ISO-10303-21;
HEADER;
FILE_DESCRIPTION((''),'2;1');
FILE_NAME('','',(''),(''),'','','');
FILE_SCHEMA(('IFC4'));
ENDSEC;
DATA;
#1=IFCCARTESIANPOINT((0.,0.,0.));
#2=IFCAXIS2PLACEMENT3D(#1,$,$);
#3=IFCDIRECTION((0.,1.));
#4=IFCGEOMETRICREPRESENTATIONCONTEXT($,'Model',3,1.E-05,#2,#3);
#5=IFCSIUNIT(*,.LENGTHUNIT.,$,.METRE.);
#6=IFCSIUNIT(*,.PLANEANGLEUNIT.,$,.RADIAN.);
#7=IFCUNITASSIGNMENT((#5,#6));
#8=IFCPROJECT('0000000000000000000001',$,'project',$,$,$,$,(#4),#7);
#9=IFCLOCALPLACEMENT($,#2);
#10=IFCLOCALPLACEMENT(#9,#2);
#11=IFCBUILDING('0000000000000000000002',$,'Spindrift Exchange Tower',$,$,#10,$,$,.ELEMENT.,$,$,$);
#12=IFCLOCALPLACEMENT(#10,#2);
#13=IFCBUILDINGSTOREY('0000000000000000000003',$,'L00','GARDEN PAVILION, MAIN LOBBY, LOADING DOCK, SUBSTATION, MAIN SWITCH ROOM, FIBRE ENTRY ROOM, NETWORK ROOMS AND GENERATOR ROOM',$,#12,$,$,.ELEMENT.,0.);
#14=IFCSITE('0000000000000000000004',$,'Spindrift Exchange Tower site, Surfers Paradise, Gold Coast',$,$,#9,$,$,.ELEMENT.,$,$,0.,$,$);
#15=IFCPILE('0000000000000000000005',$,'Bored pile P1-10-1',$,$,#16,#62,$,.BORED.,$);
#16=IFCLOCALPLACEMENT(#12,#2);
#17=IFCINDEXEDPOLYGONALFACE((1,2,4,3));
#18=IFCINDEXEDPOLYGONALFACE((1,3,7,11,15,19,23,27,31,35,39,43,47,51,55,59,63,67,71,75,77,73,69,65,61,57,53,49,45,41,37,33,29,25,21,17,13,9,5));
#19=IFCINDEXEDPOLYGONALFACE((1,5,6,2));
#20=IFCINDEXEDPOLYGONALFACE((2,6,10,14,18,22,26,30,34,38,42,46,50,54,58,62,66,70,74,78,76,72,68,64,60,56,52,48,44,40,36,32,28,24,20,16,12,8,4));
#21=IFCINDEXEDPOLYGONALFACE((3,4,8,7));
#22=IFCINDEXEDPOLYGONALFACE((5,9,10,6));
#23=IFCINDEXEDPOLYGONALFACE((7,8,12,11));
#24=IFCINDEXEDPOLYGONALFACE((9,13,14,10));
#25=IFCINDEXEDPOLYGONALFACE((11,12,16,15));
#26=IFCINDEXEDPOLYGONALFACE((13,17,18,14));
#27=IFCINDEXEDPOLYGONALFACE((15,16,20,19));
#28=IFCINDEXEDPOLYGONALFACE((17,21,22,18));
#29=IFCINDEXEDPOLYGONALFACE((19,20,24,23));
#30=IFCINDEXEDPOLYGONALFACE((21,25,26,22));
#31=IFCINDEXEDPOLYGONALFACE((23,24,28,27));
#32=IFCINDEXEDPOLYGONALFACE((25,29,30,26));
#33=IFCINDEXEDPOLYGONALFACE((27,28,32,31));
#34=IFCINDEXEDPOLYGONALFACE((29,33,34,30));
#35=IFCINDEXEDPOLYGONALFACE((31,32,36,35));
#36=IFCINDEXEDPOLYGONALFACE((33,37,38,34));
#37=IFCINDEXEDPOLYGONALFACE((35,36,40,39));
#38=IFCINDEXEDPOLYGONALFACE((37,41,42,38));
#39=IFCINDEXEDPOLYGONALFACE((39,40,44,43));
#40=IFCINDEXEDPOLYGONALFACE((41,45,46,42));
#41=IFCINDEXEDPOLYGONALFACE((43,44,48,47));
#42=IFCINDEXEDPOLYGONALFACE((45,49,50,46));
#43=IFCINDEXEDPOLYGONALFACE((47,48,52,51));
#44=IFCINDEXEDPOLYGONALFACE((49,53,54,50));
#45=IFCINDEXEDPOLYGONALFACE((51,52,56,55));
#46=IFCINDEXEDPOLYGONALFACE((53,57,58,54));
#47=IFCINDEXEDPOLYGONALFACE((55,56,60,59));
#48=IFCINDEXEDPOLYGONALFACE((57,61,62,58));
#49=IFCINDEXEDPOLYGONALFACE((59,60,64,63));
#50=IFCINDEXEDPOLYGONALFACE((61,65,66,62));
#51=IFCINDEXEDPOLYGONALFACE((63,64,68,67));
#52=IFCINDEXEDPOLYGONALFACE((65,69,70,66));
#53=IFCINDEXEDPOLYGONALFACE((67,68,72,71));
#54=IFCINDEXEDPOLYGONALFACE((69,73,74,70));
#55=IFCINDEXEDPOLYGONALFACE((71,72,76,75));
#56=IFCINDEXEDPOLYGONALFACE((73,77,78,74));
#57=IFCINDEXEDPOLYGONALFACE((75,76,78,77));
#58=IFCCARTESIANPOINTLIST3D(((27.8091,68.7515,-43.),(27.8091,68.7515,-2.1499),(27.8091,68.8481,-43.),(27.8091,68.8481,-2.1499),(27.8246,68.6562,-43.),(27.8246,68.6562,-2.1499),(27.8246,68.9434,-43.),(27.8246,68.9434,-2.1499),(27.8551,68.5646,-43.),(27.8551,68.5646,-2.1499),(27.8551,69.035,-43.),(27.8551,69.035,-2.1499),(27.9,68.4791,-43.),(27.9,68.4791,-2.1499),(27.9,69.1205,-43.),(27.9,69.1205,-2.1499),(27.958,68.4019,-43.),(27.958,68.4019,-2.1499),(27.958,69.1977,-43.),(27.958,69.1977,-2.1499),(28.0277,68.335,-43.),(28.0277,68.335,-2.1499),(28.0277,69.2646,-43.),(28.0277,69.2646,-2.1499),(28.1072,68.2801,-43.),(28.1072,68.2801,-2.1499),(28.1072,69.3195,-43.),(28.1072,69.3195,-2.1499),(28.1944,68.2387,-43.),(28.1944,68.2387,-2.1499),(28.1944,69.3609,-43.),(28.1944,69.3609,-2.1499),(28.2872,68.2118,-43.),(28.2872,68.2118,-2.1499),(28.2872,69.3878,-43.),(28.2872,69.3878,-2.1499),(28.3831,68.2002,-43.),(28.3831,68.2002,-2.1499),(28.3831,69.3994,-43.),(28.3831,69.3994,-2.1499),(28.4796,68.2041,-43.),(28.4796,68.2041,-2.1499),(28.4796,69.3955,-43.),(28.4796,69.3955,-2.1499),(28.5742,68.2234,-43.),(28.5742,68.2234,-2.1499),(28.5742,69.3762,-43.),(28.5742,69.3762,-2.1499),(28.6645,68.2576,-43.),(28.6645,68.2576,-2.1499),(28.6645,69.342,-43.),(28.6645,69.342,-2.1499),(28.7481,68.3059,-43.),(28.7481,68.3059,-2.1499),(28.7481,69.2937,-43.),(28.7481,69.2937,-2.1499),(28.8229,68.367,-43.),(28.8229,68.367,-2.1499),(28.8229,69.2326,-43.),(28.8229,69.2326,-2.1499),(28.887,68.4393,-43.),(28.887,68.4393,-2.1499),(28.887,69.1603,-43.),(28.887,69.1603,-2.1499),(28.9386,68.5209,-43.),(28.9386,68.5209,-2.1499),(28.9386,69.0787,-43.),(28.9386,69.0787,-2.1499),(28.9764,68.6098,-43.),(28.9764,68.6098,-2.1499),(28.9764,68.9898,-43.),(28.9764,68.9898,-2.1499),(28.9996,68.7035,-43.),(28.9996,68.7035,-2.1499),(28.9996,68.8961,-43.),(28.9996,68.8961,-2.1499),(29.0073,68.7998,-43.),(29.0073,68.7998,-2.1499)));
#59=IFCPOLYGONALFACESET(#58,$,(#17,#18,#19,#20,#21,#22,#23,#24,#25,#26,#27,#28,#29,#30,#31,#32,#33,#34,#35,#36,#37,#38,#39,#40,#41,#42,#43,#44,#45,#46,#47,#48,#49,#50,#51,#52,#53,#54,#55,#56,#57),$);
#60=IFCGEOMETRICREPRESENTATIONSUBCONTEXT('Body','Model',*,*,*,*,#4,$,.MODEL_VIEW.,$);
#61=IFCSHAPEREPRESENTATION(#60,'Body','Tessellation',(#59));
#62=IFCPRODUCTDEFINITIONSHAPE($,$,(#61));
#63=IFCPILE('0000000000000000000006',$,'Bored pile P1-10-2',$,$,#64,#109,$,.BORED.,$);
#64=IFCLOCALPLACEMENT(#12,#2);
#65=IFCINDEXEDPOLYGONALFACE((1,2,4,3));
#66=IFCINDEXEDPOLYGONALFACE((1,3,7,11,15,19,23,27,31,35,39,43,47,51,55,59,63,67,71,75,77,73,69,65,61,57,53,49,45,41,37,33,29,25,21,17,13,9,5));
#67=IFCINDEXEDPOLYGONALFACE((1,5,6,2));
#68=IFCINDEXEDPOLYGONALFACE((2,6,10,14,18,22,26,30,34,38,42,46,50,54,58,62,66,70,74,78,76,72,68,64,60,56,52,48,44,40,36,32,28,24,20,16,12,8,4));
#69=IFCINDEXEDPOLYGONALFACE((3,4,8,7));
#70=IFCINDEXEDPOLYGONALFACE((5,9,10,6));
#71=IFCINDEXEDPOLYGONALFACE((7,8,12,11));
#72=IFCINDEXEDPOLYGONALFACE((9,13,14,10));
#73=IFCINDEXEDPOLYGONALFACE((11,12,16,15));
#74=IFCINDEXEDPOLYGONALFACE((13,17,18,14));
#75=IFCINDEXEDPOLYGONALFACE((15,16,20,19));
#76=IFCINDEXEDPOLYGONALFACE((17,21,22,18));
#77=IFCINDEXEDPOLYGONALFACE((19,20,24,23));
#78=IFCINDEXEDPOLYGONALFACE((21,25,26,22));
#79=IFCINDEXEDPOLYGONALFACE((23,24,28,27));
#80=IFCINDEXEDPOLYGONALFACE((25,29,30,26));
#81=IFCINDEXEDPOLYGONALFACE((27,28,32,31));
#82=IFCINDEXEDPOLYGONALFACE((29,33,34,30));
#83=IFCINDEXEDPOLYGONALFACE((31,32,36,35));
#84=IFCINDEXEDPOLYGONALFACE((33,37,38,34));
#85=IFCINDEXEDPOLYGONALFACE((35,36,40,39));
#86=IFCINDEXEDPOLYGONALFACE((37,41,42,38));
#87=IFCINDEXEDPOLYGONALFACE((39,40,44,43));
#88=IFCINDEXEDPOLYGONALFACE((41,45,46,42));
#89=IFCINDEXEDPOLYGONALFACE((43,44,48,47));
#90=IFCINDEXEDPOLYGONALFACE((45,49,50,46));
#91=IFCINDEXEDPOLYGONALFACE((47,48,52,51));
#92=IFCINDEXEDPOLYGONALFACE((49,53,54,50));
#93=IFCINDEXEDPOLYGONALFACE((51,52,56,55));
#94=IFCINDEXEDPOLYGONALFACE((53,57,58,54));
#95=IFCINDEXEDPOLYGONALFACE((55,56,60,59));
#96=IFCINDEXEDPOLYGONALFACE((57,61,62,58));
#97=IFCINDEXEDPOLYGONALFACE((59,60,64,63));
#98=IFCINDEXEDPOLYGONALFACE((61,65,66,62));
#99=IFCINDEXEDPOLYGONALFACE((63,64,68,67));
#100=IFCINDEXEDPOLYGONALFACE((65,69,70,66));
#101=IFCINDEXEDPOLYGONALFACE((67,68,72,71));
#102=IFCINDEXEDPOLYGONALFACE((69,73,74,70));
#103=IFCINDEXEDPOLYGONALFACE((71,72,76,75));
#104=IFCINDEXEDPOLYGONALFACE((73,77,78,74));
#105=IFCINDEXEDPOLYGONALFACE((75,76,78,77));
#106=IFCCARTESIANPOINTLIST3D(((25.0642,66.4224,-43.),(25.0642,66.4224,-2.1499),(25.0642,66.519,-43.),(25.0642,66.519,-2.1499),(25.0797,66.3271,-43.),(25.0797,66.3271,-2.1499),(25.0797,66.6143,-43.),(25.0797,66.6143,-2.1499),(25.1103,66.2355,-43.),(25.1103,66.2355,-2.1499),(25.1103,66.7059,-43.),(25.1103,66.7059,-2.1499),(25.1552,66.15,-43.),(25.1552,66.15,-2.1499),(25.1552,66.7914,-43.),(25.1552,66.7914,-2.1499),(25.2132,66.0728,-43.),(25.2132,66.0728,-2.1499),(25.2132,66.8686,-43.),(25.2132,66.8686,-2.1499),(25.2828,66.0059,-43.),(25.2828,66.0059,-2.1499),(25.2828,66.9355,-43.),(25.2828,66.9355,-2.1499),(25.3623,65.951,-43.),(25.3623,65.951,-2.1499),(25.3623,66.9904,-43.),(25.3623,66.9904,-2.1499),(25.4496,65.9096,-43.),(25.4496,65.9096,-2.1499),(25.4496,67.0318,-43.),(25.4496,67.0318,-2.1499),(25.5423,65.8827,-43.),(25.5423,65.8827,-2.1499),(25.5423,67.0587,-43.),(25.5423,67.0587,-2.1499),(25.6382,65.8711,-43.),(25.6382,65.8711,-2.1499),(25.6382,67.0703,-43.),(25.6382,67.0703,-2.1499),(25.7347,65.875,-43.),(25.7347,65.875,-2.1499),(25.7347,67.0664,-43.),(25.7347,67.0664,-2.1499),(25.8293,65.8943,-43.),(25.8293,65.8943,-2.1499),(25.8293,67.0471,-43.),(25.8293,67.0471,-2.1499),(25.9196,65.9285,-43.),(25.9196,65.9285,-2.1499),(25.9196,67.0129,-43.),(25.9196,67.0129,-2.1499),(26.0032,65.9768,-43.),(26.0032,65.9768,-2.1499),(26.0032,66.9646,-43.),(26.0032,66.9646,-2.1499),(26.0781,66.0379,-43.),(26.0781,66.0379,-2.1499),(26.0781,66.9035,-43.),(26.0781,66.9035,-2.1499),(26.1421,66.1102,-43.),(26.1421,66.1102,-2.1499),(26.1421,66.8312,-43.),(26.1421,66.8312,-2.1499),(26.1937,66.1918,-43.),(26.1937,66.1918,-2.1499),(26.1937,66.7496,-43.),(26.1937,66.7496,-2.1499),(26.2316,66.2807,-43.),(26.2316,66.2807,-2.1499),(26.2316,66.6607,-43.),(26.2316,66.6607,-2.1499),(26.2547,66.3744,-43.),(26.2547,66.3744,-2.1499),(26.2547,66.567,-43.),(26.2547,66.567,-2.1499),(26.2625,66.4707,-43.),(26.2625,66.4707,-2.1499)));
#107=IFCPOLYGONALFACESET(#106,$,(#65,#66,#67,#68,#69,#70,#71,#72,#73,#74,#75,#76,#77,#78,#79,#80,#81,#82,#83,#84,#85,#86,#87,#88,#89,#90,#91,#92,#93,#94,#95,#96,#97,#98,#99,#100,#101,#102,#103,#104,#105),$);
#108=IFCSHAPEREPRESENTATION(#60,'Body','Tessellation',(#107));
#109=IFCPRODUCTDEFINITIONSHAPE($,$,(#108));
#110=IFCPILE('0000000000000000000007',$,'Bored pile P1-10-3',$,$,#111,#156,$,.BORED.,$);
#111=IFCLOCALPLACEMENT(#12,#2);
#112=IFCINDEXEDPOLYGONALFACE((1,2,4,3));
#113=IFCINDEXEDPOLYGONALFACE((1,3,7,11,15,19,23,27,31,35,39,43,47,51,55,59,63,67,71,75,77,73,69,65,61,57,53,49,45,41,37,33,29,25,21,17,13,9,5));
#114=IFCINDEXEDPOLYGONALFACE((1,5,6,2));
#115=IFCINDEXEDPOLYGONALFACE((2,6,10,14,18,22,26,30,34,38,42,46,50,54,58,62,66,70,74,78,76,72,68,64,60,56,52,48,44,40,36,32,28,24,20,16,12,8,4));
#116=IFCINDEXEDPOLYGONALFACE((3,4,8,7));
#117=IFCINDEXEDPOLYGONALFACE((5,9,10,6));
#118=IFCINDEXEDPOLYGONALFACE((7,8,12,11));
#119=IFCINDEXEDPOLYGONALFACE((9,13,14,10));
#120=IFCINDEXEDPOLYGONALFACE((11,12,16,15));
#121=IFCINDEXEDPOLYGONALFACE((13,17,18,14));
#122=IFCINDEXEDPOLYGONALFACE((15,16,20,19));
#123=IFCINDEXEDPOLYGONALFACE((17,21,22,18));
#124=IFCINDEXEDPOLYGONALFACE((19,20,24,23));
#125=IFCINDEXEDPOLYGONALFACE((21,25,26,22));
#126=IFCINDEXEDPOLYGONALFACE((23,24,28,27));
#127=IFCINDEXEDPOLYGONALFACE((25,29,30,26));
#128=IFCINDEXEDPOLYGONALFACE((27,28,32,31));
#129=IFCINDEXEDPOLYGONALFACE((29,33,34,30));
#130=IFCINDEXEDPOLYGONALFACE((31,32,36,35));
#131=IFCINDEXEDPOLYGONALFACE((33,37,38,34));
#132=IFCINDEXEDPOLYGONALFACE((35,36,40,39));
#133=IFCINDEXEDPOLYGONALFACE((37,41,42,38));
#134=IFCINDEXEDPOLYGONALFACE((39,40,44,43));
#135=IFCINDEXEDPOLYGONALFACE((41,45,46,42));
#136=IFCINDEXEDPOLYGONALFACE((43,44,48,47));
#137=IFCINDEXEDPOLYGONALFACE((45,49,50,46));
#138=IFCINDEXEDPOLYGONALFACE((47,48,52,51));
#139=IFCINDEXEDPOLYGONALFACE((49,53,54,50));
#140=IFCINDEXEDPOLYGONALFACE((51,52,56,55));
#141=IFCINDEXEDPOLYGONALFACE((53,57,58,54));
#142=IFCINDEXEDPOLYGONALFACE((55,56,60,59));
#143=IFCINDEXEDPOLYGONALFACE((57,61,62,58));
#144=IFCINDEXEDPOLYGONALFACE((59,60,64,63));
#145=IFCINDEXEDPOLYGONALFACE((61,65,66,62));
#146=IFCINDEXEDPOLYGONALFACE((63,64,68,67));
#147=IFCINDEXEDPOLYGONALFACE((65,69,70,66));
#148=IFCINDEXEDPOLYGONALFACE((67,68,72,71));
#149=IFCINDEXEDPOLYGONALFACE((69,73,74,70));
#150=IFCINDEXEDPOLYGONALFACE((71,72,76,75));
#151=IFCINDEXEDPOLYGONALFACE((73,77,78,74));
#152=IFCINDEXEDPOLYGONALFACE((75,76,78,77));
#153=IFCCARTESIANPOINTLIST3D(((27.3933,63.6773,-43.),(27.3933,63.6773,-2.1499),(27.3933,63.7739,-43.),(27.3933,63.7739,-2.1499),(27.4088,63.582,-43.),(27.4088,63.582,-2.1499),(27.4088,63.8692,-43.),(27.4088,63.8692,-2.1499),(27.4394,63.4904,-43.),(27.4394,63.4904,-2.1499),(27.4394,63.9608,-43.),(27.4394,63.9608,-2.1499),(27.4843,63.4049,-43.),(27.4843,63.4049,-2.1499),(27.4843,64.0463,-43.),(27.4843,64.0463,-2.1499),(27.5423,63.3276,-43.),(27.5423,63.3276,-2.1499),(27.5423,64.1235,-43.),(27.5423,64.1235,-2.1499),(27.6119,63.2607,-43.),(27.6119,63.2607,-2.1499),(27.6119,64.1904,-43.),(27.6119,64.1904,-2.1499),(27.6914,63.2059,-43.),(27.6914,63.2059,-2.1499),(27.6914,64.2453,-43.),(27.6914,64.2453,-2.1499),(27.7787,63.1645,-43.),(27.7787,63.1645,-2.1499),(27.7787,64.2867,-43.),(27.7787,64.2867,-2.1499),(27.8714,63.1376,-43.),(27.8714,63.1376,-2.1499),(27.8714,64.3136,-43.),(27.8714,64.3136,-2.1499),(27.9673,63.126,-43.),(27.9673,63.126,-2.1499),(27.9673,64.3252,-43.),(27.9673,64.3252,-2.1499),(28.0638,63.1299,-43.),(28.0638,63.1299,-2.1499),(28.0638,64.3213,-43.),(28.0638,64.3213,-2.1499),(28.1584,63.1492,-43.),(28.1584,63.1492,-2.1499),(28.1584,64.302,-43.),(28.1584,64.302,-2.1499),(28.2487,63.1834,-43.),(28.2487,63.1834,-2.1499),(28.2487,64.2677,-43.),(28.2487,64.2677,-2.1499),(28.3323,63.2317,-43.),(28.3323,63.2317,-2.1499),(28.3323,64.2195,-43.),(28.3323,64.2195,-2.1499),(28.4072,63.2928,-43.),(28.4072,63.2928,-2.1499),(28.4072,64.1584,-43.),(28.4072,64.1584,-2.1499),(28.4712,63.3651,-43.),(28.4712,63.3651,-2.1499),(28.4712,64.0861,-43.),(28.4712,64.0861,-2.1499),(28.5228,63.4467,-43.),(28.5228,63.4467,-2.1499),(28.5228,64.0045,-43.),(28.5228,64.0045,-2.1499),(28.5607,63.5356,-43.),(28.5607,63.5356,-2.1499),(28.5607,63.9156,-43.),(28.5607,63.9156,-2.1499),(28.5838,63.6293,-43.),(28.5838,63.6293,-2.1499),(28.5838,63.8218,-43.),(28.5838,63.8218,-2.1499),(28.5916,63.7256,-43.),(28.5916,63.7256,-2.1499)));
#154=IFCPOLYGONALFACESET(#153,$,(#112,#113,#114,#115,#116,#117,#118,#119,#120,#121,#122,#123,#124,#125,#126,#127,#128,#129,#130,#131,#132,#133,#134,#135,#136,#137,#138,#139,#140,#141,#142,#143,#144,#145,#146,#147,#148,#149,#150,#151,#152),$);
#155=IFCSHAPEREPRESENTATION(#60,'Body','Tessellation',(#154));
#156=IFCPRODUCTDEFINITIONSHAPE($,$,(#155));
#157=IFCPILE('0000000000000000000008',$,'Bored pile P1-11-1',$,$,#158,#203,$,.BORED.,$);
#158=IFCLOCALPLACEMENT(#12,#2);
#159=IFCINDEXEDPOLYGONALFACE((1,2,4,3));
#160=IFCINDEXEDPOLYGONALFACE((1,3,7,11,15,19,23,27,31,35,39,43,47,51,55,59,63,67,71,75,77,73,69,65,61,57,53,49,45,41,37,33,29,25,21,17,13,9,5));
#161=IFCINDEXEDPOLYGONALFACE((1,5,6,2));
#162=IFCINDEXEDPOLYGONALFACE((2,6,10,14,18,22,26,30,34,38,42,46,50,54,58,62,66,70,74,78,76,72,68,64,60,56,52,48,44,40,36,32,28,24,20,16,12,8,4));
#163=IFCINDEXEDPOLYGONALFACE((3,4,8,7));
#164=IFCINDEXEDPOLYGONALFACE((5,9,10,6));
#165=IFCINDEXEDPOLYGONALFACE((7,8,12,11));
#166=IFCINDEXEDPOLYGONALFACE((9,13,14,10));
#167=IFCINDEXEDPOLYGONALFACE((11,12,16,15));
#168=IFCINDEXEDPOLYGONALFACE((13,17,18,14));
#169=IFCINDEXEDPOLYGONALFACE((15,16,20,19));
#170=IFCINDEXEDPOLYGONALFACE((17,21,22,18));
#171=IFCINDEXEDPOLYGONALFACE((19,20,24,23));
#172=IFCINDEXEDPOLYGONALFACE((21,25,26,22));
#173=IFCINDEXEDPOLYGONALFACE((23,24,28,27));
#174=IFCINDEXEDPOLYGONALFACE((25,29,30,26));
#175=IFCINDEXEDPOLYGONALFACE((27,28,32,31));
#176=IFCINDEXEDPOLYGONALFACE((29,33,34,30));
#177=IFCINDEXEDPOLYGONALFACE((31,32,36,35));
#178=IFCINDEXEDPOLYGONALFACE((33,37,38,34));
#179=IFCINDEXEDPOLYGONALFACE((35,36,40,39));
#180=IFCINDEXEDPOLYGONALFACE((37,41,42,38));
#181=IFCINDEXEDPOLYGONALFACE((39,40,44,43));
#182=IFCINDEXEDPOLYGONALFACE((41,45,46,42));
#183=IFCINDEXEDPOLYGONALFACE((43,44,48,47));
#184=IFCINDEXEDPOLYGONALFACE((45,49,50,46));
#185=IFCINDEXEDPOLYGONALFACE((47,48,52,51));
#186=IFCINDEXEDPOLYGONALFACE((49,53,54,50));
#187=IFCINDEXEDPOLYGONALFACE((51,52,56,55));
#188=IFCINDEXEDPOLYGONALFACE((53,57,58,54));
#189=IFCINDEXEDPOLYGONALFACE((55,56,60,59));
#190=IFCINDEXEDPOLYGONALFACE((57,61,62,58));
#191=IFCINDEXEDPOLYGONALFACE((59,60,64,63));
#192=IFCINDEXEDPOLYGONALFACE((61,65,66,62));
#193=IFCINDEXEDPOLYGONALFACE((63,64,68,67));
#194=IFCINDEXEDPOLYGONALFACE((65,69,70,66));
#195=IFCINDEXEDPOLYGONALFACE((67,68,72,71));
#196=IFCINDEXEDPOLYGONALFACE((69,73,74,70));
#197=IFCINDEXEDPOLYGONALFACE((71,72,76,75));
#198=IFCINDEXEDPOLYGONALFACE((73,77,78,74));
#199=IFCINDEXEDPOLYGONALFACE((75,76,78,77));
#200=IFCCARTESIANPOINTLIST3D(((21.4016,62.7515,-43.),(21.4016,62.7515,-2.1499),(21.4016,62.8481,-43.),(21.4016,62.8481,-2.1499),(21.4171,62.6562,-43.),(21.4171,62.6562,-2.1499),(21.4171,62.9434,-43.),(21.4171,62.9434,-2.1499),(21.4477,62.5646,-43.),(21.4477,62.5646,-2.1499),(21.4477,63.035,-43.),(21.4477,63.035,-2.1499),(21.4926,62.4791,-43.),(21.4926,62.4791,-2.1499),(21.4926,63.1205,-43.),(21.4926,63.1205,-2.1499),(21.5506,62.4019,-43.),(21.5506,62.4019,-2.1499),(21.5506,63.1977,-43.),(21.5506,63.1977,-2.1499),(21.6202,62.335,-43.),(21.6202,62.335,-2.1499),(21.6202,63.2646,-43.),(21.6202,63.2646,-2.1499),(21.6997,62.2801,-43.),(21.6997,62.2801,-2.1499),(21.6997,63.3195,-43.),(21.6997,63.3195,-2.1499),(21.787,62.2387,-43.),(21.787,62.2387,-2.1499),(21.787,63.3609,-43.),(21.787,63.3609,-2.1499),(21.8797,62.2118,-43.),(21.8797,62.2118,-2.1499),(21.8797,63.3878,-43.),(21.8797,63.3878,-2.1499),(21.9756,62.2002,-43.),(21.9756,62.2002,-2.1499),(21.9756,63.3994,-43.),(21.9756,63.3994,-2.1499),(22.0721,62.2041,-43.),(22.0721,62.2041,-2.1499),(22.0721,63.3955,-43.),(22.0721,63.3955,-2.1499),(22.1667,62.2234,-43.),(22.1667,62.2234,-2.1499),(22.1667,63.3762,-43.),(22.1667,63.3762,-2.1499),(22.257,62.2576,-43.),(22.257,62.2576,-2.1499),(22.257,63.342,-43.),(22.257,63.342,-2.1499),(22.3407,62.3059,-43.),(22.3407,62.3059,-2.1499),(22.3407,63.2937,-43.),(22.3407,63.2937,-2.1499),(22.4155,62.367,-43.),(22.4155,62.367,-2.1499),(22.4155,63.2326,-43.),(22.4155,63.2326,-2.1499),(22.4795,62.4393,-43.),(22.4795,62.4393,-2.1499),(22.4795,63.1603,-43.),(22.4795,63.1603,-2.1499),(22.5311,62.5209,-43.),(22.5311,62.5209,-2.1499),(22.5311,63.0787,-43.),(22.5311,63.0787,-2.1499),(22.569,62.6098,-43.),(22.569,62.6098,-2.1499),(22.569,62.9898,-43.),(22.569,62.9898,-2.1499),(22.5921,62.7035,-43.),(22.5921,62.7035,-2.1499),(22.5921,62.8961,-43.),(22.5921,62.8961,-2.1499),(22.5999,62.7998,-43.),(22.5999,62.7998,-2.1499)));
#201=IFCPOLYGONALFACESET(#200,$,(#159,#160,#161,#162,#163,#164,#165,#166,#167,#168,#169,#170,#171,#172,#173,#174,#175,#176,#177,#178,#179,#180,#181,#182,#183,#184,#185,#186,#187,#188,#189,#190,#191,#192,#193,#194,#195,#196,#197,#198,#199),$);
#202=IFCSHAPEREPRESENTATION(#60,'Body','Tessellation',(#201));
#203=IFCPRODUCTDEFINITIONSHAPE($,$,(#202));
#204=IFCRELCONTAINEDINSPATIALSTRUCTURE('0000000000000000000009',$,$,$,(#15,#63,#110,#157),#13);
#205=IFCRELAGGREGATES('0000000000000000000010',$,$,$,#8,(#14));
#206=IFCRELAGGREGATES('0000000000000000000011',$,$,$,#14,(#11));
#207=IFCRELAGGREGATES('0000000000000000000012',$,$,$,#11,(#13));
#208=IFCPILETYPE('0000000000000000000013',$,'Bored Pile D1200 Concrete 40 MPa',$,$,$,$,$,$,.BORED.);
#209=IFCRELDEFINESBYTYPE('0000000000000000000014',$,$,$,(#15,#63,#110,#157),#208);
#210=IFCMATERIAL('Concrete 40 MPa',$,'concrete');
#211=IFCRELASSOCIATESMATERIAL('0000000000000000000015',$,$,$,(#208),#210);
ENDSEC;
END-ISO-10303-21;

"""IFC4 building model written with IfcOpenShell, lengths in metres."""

from ifc_helpers import new_model, si_unit, direction, frame, origin, origin_2d, place, context, subcontext, project, spatial, circle, extrude, source, transform, mapped, material, material_profile, profile_set, type_object, element, save


model = new_model("IFC4")

# Units and contexts
model_context = context("Model", 3, precision=1e-05, world=origin(), true_north=direction((0.0, 1.0)))
body_context = subcontext(model_context, "Body", "Model", "MODEL_VIEW")
ifc_project = project(units=[si_unit("LENGTHUNIT", "METRE"), si_unit("PLANEANGLEUNIT", "RADIAN")], contexts=[model_context])

# Site, building, storey
site_placement = place(None, origin())
site = spatial("IfcSite", under=ifc_project, at=site_placement, Name="Spindrift Exchange Tower site, Surfers Paradise, Gold Coast", CompositionType="ELEMENT", RefElevation=0.0)
building_placement = place(site_placement, origin())
building = spatial("IfcBuilding", under=site, at=building_placement, Name="Spindrift Exchange Tower", CompositionType="ELEMENT")
storey_placement = place(building_placement, origin())
storey = spatial("IfcBuildingStorey", under=building, at=storey_placement, Name="L00", Description="GARDEN PAVILION, MAIN LOBBY, LOADING DOCK, SUBSTATION, MAIN SWITCH ROOM, FIBRE ENTRY ROOM, NETWORK ROOMS AND GENERATOR ROOM", CompositionType="ELEMENT", Elevation=0.0)

# Piles
ifc_material_1 = material(Name="Concrete 40 MPa", Category="concrete")
ifc_material_profile_1 = material_profile(ifc_material_1, circle(Radius=0.6001, at=origin_2d()), Name="BP D1200")
ifc_profile_set_1 = profile_set([ifc_material_profile_1], Name="Concrete 40 MPa")
pile_type = type_object("IfcPileType", Name="Bored Pile D1200 Concrete 40 MPa", PredefinedType="BORED", material=ifc_profile_set_1)
shared_shape_1 = source(origin(), body_context, "Body", "SweptSolid", [
    extrude(circle(Radius=0.6001, at=origin_2d()), origin(), (0.0, 0.0, 1.0), 40.8501),
])
for number, where, z_axis, x_axis, name in (
    (1, (28.4072, 68.7998, -2.1499), (0.0, 0.0, -1.0), (1.0, 0.0, 0.0), "Bored pile P1-10-1"),
    (2, (25.6624, 66.4707, -2.1499), (0.0, 0.0, -1.0), (1.0, 0.0, 0.0), "Bored pile P1-10-2"),
    (3, (27.9915, 63.7256, -2.1499), (0.0, 0.0, -1.0), (1.0, 0.0, 0.0), "Bored pile P1-10-3"),
    (4, (21.9998, 62.7998, -2.1499), (0.0, 0.0, -1.0), (1.0, 0.0, 0.0), "Bored pile P1-11-1"),
):
    element("IfcPile", number, at=place(storey_placement, frame(where, z_axis=z_axis, x_axis=x_axis)), inside=storey, type_object=pile_type, Name=name, PredefinedType="BORED", context=body_context, shape_type="MappedRepresentation", body=[
        mapped(shared_shape_1, transform((0.0, 0.0, 0.0), scale=1.0)),
    ])

save(model, "model.ifc")
